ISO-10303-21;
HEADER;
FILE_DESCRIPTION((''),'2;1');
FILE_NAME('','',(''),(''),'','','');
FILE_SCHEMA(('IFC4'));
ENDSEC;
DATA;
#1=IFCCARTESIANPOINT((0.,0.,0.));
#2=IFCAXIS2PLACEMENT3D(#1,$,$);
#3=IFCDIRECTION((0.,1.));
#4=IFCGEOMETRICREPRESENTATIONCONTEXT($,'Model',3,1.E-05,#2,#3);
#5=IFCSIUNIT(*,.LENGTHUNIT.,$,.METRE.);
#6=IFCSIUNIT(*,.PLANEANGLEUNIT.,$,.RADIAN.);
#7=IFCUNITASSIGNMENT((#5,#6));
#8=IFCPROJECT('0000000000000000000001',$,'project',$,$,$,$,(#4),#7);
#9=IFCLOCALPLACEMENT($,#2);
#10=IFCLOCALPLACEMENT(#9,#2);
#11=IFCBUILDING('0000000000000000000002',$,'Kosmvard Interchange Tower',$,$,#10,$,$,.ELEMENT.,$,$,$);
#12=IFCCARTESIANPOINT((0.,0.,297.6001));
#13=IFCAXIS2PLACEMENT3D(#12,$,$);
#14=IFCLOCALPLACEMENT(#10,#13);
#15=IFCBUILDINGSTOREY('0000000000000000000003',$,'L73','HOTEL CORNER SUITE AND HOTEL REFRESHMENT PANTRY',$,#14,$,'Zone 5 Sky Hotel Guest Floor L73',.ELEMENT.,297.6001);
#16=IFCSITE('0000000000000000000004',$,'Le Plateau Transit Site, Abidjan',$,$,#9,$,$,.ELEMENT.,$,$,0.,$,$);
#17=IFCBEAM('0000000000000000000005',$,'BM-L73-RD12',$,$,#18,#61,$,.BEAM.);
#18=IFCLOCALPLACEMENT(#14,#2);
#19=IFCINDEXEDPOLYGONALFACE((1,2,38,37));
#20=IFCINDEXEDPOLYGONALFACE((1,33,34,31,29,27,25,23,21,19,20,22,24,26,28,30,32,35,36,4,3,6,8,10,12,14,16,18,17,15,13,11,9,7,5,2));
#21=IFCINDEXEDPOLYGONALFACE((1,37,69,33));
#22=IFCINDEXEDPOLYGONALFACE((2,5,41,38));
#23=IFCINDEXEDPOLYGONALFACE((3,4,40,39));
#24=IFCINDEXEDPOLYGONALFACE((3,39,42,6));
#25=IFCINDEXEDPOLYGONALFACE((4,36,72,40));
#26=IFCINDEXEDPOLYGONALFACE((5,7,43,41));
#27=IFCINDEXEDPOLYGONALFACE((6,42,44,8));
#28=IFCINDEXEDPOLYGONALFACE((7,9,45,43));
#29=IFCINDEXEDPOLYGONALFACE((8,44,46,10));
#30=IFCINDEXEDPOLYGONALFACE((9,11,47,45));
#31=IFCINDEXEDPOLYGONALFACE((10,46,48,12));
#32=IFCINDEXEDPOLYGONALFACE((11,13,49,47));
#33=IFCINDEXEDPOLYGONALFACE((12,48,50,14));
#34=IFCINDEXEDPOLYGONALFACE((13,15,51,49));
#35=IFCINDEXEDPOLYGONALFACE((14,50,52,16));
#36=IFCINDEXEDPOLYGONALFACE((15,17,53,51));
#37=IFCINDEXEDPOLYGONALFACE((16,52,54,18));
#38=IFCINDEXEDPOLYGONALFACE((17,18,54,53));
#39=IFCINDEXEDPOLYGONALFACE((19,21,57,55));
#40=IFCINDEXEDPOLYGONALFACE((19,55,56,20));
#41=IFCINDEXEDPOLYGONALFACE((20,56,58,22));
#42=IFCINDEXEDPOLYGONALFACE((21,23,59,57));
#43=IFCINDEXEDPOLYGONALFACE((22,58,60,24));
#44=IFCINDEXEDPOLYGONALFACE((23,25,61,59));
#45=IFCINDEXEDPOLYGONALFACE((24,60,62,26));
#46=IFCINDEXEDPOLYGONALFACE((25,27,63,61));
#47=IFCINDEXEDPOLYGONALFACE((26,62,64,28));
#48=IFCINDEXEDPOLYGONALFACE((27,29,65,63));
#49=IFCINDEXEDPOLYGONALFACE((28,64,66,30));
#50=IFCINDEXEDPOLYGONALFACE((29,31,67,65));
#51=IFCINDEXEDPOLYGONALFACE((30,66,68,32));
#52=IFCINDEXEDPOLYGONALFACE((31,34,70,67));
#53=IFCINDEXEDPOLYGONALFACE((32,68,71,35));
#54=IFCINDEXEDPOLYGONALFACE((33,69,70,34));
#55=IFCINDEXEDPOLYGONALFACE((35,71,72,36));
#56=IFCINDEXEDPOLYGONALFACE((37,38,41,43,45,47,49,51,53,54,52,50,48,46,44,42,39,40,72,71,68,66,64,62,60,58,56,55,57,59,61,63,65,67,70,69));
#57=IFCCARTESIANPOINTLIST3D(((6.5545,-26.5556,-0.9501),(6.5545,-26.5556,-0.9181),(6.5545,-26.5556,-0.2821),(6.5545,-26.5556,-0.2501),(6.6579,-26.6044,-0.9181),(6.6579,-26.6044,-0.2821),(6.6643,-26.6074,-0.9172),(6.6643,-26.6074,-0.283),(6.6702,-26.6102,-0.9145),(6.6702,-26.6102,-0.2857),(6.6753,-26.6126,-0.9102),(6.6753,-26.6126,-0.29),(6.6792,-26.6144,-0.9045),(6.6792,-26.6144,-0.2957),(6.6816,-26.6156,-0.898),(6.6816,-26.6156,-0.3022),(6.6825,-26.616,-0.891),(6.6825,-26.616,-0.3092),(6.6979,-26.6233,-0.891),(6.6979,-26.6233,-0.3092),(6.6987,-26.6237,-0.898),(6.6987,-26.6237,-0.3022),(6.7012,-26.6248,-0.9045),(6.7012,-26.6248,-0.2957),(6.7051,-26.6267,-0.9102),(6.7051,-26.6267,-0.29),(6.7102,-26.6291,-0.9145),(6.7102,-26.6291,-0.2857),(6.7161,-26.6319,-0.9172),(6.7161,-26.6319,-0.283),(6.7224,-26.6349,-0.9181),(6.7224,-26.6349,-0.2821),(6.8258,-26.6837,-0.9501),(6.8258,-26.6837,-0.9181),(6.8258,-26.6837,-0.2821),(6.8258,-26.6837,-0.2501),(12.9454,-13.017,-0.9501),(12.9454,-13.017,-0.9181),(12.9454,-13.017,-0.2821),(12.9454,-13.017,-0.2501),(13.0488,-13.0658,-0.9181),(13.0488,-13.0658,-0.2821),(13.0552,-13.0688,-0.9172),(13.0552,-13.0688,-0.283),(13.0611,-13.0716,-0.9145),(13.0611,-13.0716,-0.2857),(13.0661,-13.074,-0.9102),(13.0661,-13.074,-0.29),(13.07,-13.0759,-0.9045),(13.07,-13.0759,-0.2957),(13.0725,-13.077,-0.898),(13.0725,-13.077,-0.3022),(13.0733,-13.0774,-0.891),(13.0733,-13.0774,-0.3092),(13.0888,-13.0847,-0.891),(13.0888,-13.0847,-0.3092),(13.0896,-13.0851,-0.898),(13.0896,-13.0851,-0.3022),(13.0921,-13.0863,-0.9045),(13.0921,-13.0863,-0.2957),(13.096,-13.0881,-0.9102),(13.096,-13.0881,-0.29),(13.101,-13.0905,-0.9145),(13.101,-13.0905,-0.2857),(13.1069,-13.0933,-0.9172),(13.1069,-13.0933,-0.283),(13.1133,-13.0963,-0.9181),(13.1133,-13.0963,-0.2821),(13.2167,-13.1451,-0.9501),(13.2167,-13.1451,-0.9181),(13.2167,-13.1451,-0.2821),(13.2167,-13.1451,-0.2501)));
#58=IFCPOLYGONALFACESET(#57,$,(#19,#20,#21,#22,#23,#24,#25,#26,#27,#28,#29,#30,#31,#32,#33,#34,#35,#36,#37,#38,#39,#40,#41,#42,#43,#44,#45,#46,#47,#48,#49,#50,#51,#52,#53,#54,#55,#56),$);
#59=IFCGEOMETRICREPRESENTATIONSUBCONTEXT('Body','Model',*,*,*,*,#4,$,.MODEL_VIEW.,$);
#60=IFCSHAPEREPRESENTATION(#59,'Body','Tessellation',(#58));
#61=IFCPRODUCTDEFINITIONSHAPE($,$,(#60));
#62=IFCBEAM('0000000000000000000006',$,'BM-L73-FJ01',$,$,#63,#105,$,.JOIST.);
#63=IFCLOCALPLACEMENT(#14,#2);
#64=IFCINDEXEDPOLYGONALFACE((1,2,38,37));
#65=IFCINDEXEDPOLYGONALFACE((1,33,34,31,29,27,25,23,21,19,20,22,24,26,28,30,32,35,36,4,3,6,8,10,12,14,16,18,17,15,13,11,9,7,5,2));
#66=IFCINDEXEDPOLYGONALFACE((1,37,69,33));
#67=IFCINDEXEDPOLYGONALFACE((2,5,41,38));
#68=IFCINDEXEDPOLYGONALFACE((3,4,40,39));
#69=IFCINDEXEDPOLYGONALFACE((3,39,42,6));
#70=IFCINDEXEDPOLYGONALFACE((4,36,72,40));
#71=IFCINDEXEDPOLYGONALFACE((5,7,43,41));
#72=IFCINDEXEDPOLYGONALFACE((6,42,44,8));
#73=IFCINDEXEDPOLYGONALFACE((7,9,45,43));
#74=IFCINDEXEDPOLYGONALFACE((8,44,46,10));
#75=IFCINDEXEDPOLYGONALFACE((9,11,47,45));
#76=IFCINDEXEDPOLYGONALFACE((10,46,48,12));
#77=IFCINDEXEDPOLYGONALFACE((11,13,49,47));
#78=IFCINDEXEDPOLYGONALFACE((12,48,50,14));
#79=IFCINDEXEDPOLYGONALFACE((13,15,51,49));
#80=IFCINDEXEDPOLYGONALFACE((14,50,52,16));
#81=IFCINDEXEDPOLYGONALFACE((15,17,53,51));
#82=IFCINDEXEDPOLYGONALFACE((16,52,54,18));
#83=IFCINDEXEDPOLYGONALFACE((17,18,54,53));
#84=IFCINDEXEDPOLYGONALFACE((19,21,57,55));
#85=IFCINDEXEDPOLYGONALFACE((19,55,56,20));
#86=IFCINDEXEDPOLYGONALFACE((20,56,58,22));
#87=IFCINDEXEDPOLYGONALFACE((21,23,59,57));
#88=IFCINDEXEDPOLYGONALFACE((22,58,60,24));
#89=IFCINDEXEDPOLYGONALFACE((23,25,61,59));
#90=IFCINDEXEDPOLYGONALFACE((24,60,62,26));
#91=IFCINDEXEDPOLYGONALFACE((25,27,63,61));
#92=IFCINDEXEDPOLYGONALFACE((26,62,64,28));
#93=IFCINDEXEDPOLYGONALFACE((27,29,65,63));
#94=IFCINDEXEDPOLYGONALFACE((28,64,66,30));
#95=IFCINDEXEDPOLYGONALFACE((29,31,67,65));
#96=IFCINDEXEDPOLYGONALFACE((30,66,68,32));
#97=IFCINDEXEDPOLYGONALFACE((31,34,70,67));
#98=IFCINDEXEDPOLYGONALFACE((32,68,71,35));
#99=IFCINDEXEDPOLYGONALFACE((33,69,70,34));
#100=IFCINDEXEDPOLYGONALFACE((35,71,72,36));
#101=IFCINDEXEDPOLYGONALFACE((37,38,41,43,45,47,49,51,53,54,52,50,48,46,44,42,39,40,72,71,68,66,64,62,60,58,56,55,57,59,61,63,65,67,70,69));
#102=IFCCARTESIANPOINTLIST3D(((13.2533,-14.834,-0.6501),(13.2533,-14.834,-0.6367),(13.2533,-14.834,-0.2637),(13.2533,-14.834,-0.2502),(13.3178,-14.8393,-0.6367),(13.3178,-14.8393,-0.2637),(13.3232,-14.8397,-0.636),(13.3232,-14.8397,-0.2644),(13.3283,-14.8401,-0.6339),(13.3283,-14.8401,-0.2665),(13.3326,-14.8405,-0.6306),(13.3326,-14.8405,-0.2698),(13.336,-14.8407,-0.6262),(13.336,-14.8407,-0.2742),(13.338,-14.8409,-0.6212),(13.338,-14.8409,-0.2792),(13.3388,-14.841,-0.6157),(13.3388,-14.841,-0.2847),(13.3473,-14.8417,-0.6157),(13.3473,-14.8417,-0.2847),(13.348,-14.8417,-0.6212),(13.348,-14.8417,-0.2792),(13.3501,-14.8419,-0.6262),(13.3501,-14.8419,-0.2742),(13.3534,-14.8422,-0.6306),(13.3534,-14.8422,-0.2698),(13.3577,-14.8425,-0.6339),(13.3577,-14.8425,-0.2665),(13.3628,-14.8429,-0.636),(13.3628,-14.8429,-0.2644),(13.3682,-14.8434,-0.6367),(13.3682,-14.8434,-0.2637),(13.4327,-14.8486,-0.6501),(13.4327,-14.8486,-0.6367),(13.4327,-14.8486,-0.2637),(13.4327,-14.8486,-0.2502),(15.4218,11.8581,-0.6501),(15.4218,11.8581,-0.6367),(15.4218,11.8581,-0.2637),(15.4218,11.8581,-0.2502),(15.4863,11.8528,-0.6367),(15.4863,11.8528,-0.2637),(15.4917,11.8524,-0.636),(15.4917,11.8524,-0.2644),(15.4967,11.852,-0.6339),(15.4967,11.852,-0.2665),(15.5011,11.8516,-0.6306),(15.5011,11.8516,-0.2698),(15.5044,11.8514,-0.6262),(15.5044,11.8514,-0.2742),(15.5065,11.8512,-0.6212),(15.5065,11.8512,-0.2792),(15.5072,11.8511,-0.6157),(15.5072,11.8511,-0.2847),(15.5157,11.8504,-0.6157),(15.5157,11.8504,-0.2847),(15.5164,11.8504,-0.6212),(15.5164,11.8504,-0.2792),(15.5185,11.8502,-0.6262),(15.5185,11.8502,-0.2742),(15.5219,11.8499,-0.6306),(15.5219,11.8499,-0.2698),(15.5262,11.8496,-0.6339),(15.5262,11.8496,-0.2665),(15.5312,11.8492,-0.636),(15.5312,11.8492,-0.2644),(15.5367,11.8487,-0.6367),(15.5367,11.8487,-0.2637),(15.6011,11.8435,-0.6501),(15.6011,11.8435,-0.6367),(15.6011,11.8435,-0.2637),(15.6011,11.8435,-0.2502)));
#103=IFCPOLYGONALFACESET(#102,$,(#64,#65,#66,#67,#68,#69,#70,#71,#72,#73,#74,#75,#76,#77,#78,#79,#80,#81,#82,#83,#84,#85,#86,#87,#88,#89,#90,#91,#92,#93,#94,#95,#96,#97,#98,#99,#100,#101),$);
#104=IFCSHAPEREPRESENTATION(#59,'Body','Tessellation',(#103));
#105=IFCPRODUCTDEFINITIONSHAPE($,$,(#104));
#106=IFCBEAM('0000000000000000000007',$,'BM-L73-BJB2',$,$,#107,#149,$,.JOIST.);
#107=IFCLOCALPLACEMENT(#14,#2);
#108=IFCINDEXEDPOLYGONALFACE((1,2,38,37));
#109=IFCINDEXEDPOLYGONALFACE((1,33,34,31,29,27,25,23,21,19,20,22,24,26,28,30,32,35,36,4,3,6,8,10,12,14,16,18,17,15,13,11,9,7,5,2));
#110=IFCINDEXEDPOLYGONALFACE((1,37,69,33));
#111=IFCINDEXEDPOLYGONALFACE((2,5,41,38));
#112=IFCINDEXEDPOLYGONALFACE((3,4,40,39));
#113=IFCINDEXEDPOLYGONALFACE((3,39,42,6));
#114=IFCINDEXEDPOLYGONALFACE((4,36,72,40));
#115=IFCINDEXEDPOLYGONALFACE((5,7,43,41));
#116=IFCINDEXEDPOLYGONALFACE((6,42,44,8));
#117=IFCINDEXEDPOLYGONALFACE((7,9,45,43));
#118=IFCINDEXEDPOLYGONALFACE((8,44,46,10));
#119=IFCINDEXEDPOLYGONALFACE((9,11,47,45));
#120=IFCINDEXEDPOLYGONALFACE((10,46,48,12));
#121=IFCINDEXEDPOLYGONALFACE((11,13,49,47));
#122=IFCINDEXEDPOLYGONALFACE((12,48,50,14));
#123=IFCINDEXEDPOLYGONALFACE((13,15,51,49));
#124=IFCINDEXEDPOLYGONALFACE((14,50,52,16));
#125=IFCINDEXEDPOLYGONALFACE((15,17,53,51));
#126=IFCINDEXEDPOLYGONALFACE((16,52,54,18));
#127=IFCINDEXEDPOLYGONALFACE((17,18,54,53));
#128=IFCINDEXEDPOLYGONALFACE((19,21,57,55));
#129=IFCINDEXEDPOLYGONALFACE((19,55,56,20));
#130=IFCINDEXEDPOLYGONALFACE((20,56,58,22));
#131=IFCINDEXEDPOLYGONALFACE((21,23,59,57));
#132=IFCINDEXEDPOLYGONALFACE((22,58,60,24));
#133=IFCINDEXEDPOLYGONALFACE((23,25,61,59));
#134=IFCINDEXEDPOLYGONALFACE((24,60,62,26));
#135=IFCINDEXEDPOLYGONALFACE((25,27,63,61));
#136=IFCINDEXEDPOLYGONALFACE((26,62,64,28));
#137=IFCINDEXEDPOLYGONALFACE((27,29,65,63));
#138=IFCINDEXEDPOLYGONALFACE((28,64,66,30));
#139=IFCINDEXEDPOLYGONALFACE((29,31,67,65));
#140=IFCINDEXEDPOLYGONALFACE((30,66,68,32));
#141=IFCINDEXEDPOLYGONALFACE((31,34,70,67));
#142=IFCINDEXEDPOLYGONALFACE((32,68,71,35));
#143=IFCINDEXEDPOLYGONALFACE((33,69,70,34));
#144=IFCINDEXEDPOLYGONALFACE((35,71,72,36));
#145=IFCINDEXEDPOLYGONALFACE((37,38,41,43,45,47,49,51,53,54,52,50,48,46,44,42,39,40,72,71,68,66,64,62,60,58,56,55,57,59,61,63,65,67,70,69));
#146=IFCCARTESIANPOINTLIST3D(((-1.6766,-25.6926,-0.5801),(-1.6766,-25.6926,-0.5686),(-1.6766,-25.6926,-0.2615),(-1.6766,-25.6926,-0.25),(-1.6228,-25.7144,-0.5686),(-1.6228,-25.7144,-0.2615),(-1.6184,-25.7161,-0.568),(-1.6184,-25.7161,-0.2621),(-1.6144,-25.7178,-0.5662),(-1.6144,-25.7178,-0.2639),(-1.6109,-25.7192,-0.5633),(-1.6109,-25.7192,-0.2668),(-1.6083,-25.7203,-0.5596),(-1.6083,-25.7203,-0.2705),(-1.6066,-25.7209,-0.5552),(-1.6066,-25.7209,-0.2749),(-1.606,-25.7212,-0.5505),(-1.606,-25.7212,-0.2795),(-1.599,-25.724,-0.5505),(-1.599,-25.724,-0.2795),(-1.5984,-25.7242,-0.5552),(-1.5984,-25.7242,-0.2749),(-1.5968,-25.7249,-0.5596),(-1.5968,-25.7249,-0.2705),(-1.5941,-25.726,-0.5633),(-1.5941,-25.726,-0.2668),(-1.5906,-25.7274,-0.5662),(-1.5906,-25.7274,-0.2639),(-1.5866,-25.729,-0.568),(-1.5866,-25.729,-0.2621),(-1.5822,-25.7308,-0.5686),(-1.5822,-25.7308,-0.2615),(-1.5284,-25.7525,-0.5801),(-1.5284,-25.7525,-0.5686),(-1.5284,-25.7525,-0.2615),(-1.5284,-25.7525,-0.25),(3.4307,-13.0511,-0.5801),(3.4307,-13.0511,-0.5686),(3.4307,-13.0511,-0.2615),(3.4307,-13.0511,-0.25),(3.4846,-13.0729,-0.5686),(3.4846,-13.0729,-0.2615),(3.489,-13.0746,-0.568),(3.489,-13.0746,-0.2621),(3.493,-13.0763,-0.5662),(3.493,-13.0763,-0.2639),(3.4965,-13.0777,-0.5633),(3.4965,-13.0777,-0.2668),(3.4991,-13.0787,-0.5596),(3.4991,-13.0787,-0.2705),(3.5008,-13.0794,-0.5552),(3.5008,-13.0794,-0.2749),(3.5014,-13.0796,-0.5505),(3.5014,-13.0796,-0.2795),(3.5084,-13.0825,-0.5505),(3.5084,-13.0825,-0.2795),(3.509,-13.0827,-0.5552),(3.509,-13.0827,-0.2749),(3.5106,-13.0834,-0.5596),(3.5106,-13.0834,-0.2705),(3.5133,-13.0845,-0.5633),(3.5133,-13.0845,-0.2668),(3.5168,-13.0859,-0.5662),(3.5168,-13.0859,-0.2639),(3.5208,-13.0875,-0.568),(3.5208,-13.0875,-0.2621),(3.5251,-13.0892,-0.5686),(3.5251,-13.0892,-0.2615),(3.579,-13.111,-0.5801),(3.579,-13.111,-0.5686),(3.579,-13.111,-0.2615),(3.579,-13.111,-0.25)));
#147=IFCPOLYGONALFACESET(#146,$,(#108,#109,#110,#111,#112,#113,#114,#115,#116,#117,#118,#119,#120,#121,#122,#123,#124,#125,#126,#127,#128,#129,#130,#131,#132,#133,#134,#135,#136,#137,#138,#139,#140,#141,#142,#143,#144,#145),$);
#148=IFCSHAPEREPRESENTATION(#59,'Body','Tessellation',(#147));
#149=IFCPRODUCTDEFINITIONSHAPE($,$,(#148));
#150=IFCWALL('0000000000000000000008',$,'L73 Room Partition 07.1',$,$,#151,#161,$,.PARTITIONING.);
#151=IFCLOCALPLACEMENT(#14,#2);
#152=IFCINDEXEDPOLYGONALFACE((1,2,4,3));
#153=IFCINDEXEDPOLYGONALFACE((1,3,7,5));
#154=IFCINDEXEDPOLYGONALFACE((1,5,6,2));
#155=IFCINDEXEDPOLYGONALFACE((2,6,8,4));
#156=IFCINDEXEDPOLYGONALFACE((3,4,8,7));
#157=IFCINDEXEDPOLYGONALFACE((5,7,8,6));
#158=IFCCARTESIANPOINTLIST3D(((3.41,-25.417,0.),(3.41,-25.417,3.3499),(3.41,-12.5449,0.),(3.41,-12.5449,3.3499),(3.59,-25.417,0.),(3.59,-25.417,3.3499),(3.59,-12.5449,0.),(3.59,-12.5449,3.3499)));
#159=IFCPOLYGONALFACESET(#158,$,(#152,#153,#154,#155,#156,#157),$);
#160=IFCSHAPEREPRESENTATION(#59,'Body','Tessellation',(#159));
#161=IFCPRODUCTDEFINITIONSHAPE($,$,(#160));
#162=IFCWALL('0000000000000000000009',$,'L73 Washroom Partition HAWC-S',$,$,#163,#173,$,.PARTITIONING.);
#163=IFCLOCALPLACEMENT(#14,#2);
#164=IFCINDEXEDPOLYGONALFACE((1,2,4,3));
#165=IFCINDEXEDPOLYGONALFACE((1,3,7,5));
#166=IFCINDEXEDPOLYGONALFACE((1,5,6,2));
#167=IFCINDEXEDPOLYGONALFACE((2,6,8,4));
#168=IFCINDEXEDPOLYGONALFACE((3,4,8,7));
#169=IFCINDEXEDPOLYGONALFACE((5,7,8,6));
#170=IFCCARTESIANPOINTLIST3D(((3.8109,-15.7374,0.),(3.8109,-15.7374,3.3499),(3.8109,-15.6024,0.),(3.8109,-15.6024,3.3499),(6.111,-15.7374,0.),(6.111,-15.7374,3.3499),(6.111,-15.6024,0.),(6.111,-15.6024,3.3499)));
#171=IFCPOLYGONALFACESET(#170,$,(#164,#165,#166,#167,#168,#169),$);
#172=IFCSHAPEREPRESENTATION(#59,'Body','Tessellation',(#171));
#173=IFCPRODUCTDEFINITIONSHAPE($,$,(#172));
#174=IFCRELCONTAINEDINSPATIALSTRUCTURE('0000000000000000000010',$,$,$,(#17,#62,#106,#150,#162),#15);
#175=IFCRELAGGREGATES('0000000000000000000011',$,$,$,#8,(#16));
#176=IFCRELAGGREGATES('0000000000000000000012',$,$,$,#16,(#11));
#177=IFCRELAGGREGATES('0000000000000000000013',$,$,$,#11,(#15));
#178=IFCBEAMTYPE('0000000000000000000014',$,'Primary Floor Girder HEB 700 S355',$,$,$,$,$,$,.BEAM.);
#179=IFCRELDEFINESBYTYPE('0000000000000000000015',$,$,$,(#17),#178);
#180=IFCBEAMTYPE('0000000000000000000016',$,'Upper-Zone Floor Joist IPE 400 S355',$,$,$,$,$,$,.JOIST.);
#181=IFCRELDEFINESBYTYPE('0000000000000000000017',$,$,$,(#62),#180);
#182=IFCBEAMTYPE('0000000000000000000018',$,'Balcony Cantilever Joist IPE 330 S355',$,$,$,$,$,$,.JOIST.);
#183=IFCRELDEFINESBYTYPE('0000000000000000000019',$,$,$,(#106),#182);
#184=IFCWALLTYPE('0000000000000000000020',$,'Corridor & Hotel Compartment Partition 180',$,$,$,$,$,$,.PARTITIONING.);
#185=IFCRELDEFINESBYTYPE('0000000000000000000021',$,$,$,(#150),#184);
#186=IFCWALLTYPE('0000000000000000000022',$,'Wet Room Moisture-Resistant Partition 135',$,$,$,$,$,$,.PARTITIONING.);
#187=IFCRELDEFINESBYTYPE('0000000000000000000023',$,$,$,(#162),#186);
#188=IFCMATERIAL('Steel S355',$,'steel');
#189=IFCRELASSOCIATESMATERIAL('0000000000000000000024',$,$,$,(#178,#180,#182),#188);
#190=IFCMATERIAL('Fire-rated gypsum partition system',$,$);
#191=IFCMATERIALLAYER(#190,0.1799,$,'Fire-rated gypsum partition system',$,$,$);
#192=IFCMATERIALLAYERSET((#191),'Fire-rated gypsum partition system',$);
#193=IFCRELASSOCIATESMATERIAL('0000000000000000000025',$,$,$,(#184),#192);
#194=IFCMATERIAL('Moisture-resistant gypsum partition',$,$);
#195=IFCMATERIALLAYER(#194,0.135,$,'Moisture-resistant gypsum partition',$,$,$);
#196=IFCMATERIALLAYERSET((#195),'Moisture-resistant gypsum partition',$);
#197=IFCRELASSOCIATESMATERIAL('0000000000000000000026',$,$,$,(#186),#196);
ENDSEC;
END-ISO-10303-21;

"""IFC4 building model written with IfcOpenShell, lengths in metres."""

from ifc_helpers import new_model, si_unit, direction, frame, frame_2d, origin, origin_2d, place, context, subcontext, project, spatial, rectangle, i_section, extrude, source, transform, mapped, material, layer, layer_set, material_profile, profile_set, type_object, element, save


model = new_model("IFC4")

# Units and contexts
model_context = context("Model", 3, precision=1e-05, world=origin(), true_north=direction((0.0, 1.0)))
body_context = subcontext(model_context, "Body", "Model", "MODEL_VIEW")
ifc_project = project(units=[si_unit("LENGTHUNIT", "METRE"), si_unit("PLANEANGLEUNIT", "RADIAN")], contexts=[model_context])

# Site, building, storey
site_placement = place(None, origin())
site = spatial("IfcSite", under=ifc_project, at=site_placement, Name="Le Plateau Transit Site, Abidjan", CompositionType="ELEMENT", RefElevation=0.0)
building_placement = place(site_placement, origin())
building = spatial("IfcBuilding", under=site, at=building_placement, Name="Kosmvard Interchange Tower", CompositionType="ELEMENT")
storey_placement = place(building_placement, frame((0.0, 0.0, 297.6001)))
storey = spatial("IfcBuildingStorey", under=building, at=storey_placement, Name="L73", Description="HOTEL CORNER SUITE AND HOTEL REFRESHMENT PANTRY", LongName="Zone 5 Sky Hotel Guest Floor L73", CompositionType="ELEMENT", Elevation=297.6001)

# Beams
ifc_material_1 = material(Name="Steel S355", Category="steel")
ifc_material_profile_1 = material_profile(ifc_material_1, i_section(OverallWidth=0.3, OverallDepth=0.7, WebThickness=0.0171, FlangeThickness=0.032, FilletRadius=0.0271, at=origin_2d()), Name="HEB 700")
ifc_profile_set_1 = profile_set([ifc_material_profile_1], Name="Steel S355")
beam_type_1 = type_object("IfcBeamType", Name="Primary Floor Girder HEB 700 S355", PredefinedType="BEAM", material=ifc_profile_set_1)
shared_shape_1 = source(origin(), body_context, "Body", "SweptSolid", [
    extrude(i_section(OverallWidth=0.3, OverallDepth=0.7, WebThickness=0.0171, FlangeThickness=0.032, FilletRadius=0.0271, at=origin_2d()), origin(), (0.0, 0.0, 1.0), 14.9712),
])
beam_1_placement = place(storey_placement, frame((13.0811, -13.0811, -0.6001), z_axis=(-0.426878, -0.904309, 0.0), x_axis=(0.904309, -0.426878, 0.0)))
element("IfcBeam", 1, at=beam_1_placement, inside=storey, type_object=beam_type_1, Name="BM-L73-RD12", PredefinedType="BEAM", context=body_context, shape_type="MappedRepresentation", body=[
    mapped(shared_shape_1, transform((0.0, 0.0, 0.0), scale=1.0)),
])
ifc_material_profile_2 = material_profile(ifc_material_1, i_section(OverallWidth=0.1799, OverallDepth=0.3999, WebThickness=0.0085, FlangeThickness=0.0134, FilletRadius=0.021, at=origin_2d()), Name="IPE 400")
ifc_profile_set_2 = profile_set([ifc_material_profile_2], Name="Steel S355")
beam_type_2 = type_object("IfcBeamType", Name="Upper-Zone Floor Joist IPE 400 S355", PredefinedType="JOIST", material=ifc_profile_set_2)
shared_shape_2 = source(origin(), body_context, "Body", "SweptSolid", [
    extrude(i_section(OverallWidth=0.1799, OverallDepth=0.3999, WebThickness=0.0085, FlangeThickness=0.0134, FilletRadius=0.021, at=origin_2d()), origin(), (0.0, 0.0, 1.0), 26.78),
])
beam_2_placement = place(storey_placement, frame((13.343, -14.8413, -0.4502), z_axis=(0.080973, 0.996716, 0.0), x_axis=(-0.996716, 0.080973, 0.0)))
element("IfcBeam", 2, at=beam_2_placement, inside=storey, type_object=beam_type_2, Name="BM-L73-FJ01", PredefinedType="JOIST", context=body_context, shape_type="MappedRepresentation", body=[
    mapped(shared_shape_2, transform((0.0, 0.0, 0.0), scale=1.0)),
])
ifc_material_profile_3 = material_profile(ifc_material_1, i_section(OverallWidth=0.1599, OverallDepth=0.3301, WebThickness=0.0076, FlangeThickness=0.0115, FilletRadius=0.0181, at=origin_2d()), Name="IPE 330")
ifc_profile_set_3 = profile_set([ifc_material_profile_3], Name="Steel S355")
beam_type_3 = type_object("IfcBeamType", Name="Balcony Cantilever Joist IPE 330 S355", PredefinedType="JOIST", material=ifc_profile_set_3)
shared_shape_3 = source(origin(), body_context, "Body", "SweptSolid", [
    extrude(i_section(OverallWidth=0.1599, OverallDepth=0.3301, WebThickness=0.0076, FlangeThickness=0.0115, FilletRadius=0.0181, at=origin_2d()), origin(), (0.0, 0.0, 1.0), 13.6343),
])
beam_3_placement = place(storey_placement, frame((3.5049, -13.0811, -0.415), z_axis=(-0.374599, -0.927187, 0.0), x_axis=(0.927187, -0.374599, 0.0)))
element("IfcBeam", 3, at=beam_3_placement, inside=storey, type_object=beam_type_3, Name="BM-L73-BJB2", PredefinedType="JOIST", context=body_context, shape_type="MappedRepresentation", body=[
    mapped(shared_shape_3, transform((0.0, 0.0, 0.0), scale=1.0)),
])

# Shared definitions
ifc_material_2 = material(Name="Fire-rated gypsum partition system")
ifc_layer_1 = layer(ifc_material_2, 0.1799, Name="Fire-rated gypsum partition system")
ifc_layer_set_1 = layer_set([ifc_layer_1], Name="Fire-rated gypsum partition system")
wall_type_1 = type_object("IfcWallType", Name="Corridor & Hotel Compartment Partition 180", PredefinedType="PARTITIONING", material=ifc_layer_set_1)

# Walls
wall_1_placement = place(storey_placement, frame((3.5, -12.5449, 0.0), z_axis=(0.0, 0.0, 1.0), x_axis=(0.0, -1.0, 0.0)))
element("IfcWall", 4, at=wall_1_placement, inside=storey, type_object=wall_type_1, Name="L73 Room Partition 07.1", PredefinedType="PARTITIONING", context=body_context, shape_type="SweptSolid", body=[
    extrude(rectangle(XDim=12.8721, YDim=0.1799, at=frame_2d((6.436, 0.0))), origin(), (0.0, 0.0, 1.0), 3.3499),
])
ifc_material_3 = material(Name="Moisture-resistant gypsum partition")
ifc_layer_2 = layer(ifc_material_3, 0.135, Name="Moisture-resistant gypsum partition")
ifc_layer_set_2 = layer_set([ifc_layer_2], Name="Moisture-resistant gypsum partition")
wall_type_2 = type_object("IfcWallType", Name="Wet Room Moisture-Resistant Partition 135", PredefinedType="PARTITIONING", material=ifc_layer_set_2)
wall_2_placement = place(storey_placement, frame((3.811, -15.6699, 0.0), z_axis=(0.0, 0.0, 1.0), x_axis=(1.0, 0.0, 0.0)))
element("IfcWall", 5, at=wall_2_placement, inside=storey, type_object=wall_type_2, Name="L73 Washroom Partition HAWC-S", PredefinedType="PARTITIONING", context=body_context, shape_type="SweptSolid", body=[
    extrude(rectangle(XDim=2.3, YDim=0.135, at=frame_2d((1.1499, 0.0))), origin(), (0.0, 0.0, 1.0), 3.3499),
])

save(model, "model.ifc")
